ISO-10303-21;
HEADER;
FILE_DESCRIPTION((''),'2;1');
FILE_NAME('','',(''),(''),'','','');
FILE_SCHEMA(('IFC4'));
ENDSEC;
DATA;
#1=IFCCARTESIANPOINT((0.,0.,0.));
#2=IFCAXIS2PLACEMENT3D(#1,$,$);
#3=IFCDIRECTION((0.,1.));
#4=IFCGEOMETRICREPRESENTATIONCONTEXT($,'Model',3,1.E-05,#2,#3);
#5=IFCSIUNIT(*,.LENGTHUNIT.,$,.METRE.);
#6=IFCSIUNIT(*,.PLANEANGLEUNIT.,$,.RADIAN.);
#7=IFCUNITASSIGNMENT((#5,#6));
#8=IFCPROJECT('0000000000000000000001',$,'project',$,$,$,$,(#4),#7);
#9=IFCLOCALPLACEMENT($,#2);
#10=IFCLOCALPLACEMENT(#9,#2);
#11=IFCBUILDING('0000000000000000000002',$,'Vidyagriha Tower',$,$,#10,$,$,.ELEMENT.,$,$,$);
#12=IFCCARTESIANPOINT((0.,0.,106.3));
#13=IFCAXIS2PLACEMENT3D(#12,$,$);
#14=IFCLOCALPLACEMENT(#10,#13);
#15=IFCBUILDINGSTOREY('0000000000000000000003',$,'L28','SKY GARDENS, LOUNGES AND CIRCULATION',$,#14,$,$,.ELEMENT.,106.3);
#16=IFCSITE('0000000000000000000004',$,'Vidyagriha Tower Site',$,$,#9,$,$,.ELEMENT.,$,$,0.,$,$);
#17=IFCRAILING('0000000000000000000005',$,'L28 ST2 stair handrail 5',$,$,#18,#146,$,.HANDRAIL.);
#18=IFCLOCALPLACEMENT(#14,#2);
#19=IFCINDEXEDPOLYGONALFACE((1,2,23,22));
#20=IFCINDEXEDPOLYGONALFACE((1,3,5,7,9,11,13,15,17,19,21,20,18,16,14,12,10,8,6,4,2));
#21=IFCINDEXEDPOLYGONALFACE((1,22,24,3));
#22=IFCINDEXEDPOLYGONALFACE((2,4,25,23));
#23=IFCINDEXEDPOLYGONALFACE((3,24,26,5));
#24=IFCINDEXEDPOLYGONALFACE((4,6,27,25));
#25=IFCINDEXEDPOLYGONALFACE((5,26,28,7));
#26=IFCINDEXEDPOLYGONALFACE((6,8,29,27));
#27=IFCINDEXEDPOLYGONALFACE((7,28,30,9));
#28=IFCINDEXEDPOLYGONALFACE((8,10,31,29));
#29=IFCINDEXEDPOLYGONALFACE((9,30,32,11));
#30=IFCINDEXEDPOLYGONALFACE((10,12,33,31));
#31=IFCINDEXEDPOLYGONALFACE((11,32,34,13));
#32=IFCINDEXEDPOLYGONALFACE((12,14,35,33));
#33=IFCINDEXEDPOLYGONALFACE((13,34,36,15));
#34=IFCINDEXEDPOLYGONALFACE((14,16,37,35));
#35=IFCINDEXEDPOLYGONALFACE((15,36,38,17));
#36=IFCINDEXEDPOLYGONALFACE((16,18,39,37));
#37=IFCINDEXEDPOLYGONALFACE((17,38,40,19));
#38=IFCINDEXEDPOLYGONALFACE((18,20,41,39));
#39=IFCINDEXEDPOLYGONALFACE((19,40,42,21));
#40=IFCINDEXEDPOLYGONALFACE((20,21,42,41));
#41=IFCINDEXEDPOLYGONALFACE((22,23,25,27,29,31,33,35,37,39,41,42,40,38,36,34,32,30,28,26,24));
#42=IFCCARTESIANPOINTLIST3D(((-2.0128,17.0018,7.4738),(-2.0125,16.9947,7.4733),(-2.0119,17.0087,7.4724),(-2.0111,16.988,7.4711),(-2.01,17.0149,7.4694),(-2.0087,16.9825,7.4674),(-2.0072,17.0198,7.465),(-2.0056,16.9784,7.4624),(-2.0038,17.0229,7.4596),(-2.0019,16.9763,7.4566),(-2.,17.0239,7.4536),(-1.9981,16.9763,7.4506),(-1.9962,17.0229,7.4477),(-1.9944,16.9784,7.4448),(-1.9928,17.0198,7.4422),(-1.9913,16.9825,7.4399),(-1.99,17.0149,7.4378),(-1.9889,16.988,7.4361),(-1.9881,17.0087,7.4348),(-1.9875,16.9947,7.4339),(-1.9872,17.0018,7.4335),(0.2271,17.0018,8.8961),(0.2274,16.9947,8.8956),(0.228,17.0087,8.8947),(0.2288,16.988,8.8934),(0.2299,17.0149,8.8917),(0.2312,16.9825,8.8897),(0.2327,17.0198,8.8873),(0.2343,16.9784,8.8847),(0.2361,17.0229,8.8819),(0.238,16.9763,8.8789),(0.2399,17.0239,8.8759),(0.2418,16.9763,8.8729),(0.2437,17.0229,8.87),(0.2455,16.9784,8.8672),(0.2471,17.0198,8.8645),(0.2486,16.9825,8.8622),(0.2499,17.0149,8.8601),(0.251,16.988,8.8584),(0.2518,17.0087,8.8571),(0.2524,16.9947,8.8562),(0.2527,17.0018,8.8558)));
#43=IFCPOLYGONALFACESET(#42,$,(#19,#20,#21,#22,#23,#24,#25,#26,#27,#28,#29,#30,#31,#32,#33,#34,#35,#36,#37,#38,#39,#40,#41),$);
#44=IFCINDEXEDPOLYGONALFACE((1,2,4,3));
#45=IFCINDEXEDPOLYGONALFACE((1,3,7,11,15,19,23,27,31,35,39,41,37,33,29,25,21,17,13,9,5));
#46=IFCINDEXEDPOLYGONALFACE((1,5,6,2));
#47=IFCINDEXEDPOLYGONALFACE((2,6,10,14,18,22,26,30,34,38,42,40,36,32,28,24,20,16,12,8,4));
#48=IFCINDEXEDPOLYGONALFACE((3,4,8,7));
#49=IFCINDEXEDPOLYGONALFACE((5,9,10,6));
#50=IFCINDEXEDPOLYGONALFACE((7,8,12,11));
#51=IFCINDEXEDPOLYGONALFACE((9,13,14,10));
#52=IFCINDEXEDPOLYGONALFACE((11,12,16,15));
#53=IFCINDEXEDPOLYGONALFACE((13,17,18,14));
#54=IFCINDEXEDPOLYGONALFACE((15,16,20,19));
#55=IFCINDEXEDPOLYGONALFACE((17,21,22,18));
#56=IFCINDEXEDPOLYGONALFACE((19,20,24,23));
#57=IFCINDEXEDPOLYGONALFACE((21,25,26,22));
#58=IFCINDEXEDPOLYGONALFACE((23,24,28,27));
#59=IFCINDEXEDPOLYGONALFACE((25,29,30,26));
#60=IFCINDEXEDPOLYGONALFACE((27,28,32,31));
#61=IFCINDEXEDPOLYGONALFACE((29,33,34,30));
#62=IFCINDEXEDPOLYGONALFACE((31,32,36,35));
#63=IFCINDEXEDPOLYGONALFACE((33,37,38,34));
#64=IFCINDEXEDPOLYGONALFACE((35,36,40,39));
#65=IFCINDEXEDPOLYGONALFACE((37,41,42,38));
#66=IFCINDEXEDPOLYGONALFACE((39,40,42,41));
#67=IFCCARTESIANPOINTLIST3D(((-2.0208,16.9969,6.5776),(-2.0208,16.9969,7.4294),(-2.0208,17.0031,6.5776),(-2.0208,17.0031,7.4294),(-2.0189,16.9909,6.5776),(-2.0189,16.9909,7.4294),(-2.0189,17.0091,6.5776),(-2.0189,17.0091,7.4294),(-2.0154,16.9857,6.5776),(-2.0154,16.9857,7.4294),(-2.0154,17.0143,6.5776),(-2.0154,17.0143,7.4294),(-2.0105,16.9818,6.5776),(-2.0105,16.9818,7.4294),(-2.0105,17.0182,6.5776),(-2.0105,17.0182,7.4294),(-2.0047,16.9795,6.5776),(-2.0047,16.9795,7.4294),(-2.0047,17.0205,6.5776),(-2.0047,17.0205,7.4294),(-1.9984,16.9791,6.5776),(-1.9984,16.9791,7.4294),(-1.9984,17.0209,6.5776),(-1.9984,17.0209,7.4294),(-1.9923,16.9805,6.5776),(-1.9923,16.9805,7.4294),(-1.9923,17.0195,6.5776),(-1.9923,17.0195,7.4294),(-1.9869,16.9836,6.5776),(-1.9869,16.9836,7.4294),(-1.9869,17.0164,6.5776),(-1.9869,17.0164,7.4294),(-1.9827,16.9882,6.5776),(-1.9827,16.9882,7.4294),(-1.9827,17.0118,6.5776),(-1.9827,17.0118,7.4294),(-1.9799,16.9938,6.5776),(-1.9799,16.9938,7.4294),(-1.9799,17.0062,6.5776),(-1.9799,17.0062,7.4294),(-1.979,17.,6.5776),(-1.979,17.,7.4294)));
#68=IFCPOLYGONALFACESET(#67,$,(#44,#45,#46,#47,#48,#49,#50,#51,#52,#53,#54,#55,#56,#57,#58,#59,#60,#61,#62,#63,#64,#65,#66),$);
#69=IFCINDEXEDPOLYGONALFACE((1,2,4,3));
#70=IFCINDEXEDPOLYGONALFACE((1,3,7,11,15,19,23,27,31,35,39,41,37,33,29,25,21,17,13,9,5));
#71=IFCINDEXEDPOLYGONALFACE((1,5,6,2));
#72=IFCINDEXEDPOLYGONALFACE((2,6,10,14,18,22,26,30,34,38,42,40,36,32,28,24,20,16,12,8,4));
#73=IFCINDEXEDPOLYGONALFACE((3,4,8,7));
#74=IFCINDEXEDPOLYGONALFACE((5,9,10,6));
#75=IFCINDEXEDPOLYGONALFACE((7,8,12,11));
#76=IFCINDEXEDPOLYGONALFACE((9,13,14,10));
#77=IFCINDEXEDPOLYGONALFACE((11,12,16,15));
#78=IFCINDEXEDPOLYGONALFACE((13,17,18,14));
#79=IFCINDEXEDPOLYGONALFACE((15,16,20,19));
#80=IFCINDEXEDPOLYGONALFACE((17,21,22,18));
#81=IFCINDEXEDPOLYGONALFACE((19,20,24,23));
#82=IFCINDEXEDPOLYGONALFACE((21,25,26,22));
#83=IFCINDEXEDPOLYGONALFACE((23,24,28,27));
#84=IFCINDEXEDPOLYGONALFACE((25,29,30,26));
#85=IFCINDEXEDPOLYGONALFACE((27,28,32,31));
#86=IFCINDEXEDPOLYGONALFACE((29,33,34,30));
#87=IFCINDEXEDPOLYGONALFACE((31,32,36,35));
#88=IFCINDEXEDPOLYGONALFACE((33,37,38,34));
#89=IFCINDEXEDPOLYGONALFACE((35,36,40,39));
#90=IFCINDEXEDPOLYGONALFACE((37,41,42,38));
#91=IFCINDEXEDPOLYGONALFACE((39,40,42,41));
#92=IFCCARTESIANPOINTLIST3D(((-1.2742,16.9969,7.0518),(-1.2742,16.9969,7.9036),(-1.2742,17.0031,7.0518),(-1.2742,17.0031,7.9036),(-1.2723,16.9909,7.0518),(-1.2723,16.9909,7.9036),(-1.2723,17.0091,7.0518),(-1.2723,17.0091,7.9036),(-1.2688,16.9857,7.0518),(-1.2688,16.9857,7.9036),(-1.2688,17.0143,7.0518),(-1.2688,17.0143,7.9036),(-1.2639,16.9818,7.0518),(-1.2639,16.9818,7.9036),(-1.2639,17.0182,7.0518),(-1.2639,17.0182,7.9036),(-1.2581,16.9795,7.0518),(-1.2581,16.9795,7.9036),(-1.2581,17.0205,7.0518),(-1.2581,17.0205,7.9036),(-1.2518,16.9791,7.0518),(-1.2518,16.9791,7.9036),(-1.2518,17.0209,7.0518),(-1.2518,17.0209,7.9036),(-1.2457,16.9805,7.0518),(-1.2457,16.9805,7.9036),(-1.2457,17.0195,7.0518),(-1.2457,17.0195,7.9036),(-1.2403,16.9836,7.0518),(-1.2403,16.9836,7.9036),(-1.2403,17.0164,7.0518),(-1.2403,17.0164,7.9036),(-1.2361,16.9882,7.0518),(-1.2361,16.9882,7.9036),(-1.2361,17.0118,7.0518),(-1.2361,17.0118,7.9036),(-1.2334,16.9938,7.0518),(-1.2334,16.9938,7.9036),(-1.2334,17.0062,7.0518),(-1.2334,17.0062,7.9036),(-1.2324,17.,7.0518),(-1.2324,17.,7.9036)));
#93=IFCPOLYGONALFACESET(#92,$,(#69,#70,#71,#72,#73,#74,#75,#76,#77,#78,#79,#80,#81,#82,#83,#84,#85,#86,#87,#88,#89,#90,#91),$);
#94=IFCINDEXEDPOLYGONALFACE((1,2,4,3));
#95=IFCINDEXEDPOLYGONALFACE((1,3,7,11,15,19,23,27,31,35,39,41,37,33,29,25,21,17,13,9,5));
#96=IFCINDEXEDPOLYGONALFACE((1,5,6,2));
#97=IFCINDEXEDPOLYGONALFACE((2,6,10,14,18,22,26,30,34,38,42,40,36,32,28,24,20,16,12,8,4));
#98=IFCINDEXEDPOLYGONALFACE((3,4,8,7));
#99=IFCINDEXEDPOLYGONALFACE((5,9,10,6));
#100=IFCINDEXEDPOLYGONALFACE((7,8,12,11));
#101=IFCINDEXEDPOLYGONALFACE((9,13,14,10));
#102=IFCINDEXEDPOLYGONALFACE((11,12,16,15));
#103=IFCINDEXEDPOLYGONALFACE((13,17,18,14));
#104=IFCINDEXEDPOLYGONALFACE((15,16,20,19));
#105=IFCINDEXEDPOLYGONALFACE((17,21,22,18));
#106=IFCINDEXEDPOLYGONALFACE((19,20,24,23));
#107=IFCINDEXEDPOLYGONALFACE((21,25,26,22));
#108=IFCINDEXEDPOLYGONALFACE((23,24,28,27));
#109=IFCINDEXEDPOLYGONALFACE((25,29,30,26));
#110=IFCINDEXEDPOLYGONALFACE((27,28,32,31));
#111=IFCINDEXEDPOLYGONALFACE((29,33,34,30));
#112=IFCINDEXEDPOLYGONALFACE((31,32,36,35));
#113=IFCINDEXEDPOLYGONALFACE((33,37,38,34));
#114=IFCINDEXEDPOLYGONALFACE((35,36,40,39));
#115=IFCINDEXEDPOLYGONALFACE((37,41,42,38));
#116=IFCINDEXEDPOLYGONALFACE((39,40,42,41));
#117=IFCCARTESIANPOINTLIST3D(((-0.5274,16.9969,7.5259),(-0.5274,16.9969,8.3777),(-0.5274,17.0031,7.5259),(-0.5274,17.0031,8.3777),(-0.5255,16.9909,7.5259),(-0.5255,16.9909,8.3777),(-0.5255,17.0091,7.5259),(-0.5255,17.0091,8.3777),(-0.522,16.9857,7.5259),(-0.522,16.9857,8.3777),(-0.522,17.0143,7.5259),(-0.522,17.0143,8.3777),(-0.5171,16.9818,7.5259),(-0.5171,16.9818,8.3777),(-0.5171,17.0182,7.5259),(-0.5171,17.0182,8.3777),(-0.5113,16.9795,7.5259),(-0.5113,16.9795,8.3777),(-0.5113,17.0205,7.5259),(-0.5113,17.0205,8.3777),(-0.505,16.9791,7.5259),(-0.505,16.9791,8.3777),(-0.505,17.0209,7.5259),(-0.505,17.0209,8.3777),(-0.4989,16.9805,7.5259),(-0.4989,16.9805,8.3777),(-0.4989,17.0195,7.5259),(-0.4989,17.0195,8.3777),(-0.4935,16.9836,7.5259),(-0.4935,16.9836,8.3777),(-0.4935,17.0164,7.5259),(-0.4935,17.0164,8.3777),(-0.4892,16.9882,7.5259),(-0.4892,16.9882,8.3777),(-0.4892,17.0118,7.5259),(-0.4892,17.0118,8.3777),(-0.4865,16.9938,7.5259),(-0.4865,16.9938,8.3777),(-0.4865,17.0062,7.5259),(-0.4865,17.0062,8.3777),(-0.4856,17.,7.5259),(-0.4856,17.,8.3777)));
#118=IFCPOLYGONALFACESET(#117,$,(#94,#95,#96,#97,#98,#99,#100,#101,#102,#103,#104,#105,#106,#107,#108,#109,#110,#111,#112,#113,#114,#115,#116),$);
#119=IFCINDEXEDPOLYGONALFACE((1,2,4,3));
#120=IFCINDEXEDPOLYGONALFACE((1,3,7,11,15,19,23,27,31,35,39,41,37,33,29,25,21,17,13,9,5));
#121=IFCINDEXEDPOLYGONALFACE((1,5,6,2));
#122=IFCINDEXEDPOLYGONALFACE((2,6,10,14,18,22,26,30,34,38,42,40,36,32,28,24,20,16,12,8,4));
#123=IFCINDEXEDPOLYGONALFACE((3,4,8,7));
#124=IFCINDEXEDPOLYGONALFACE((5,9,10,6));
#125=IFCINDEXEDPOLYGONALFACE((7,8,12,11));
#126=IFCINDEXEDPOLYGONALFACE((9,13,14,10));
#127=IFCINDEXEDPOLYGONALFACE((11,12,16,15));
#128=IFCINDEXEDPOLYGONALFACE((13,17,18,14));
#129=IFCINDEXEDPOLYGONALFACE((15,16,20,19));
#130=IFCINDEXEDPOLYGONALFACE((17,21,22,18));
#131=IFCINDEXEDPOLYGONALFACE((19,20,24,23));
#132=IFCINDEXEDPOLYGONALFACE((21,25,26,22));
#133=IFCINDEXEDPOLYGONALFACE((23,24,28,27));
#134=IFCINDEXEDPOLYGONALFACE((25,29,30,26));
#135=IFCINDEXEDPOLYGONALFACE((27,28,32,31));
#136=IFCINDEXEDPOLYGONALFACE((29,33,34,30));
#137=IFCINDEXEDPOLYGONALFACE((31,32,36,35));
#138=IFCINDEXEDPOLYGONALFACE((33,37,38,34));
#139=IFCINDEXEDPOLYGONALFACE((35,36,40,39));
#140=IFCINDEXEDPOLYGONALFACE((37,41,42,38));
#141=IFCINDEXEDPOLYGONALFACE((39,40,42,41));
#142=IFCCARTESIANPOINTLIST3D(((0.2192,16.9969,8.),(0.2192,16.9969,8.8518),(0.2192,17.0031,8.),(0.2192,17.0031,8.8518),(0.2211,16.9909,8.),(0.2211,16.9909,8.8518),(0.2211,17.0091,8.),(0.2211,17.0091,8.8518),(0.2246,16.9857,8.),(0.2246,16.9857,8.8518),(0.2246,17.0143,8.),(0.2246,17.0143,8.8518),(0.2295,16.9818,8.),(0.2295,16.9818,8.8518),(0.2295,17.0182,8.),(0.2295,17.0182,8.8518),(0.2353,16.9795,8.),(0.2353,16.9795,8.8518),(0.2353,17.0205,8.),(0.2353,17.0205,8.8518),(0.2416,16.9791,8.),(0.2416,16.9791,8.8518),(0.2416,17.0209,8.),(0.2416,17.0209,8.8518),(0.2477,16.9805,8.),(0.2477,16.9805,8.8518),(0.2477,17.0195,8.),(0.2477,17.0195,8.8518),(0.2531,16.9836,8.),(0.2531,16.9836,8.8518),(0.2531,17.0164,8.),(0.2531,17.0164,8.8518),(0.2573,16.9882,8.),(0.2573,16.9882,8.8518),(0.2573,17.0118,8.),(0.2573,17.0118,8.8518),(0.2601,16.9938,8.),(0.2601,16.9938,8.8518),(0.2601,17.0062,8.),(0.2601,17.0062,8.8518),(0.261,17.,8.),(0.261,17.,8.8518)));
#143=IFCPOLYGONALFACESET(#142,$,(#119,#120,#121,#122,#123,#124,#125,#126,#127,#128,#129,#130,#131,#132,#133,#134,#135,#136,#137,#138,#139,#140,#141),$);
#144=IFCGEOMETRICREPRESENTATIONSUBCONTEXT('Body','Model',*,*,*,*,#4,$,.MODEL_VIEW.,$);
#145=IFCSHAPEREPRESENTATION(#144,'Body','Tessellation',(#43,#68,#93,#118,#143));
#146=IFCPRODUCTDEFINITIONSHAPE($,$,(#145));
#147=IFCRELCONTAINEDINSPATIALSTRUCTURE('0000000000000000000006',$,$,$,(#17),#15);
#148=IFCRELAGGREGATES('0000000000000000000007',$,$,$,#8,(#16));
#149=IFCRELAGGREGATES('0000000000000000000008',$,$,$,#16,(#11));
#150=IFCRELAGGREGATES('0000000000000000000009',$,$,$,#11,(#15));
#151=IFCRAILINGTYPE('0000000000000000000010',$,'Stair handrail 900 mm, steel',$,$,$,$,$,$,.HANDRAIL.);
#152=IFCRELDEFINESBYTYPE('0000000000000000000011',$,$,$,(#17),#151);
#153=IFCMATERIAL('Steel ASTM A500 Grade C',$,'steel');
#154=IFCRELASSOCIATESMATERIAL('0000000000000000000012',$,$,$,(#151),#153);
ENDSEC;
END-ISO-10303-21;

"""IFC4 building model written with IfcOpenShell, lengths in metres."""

from ifc_helpers import new_model, si_unit, direction, frame, origin, origin_2d, place, context, subcontext, project, spatial, circle, extrude, material, type_object, element, save


model = new_model("IFC4")

# Units and contexts
model_context = context("Model", 3, precision=1e-05, world=origin(), true_north=direction((0.0, 1.0)))
body_context = subcontext(model_context, "Body", "Model", "MODEL_VIEW")
ifc_project = project(units=[si_unit("LENGTHUNIT", "METRE"), si_unit("PLANEANGLEUNIT", "RADIAN")], contexts=[model_context])

# Site, building, storey
site_placement = place(None, origin())
site = spatial("IfcSite", under=ifc_project, at=site_placement, Name="Vidyagriha Tower Site", CompositionType="ELEMENT", RefElevation=0.0)
building_placement = place(site_placement, origin())
building = spatial("IfcBuilding", under=site, at=building_placement, Name="Vidyagriha Tower", CompositionType="ELEMENT")
storey_placement = place(building_placement, frame((0.0, 0.0, 106.3)))
storey = spatial("IfcBuildingStorey", under=building, at=storey_placement, Name="L28", Description="SKY GARDENS, LOUNGES AND CIRCULATION", CompositionType="ELEMENT", Elevation=106.3)

# Railing
ifc_material_1 = material(Name="Steel ASTM A500 Grade C", Category="steel")
railing_type_1 = type_object("IfcRailingType", Name="Stair handrail 900 mm, steel", PredefinedType="HANDRAIL", material=ifc_material_1)
for number, where, name in (
    (1, (-2.0, 17.0, 6.5776), "L28 ST2 stair handrail 5"),
):
    element("IfcRailing", number, at=place(storey_placement, frame(where)), inside=storey, type_object=railing_type_1, Name=name, PredefinedType="HANDRAIL", context=body_context, shape_type="SweptSolid", body=[
        extrude(circle(Radius=0.0239, at=origin_2d()), frame((0.0, 0.0, 0.876), z_axis=(0.844188, 0.0, 0.536048), x_axis=(0.0, 1.0, 0.0)), (0.0, 0.0, 1.0), 2.6533),
        extrude(circle(Radius=0.021, at=origin_2d()), origin(), (0.0, 0.0, 1.0), 0.8518),
        extrude(circle(Radius=0.021, at=origin_2d()), frame((0.7466, 0.0, 0.4741)), (0.0, 0.0, 1.0), 0.8518),
        extrude(circle(Radius=0.021, at=origin_2d()), frame((1.4934, 0.0, 0.9482)), (0.0, 0.0, 1.0), 0.8518),
        extrude(circle(Radius=0.021, at=origin_2d()), frame((2.24, 0.0, 1.4224)), (0.0, 0.0, 1.0), 0.8518),
    ])

save(model, "model.ifc")
